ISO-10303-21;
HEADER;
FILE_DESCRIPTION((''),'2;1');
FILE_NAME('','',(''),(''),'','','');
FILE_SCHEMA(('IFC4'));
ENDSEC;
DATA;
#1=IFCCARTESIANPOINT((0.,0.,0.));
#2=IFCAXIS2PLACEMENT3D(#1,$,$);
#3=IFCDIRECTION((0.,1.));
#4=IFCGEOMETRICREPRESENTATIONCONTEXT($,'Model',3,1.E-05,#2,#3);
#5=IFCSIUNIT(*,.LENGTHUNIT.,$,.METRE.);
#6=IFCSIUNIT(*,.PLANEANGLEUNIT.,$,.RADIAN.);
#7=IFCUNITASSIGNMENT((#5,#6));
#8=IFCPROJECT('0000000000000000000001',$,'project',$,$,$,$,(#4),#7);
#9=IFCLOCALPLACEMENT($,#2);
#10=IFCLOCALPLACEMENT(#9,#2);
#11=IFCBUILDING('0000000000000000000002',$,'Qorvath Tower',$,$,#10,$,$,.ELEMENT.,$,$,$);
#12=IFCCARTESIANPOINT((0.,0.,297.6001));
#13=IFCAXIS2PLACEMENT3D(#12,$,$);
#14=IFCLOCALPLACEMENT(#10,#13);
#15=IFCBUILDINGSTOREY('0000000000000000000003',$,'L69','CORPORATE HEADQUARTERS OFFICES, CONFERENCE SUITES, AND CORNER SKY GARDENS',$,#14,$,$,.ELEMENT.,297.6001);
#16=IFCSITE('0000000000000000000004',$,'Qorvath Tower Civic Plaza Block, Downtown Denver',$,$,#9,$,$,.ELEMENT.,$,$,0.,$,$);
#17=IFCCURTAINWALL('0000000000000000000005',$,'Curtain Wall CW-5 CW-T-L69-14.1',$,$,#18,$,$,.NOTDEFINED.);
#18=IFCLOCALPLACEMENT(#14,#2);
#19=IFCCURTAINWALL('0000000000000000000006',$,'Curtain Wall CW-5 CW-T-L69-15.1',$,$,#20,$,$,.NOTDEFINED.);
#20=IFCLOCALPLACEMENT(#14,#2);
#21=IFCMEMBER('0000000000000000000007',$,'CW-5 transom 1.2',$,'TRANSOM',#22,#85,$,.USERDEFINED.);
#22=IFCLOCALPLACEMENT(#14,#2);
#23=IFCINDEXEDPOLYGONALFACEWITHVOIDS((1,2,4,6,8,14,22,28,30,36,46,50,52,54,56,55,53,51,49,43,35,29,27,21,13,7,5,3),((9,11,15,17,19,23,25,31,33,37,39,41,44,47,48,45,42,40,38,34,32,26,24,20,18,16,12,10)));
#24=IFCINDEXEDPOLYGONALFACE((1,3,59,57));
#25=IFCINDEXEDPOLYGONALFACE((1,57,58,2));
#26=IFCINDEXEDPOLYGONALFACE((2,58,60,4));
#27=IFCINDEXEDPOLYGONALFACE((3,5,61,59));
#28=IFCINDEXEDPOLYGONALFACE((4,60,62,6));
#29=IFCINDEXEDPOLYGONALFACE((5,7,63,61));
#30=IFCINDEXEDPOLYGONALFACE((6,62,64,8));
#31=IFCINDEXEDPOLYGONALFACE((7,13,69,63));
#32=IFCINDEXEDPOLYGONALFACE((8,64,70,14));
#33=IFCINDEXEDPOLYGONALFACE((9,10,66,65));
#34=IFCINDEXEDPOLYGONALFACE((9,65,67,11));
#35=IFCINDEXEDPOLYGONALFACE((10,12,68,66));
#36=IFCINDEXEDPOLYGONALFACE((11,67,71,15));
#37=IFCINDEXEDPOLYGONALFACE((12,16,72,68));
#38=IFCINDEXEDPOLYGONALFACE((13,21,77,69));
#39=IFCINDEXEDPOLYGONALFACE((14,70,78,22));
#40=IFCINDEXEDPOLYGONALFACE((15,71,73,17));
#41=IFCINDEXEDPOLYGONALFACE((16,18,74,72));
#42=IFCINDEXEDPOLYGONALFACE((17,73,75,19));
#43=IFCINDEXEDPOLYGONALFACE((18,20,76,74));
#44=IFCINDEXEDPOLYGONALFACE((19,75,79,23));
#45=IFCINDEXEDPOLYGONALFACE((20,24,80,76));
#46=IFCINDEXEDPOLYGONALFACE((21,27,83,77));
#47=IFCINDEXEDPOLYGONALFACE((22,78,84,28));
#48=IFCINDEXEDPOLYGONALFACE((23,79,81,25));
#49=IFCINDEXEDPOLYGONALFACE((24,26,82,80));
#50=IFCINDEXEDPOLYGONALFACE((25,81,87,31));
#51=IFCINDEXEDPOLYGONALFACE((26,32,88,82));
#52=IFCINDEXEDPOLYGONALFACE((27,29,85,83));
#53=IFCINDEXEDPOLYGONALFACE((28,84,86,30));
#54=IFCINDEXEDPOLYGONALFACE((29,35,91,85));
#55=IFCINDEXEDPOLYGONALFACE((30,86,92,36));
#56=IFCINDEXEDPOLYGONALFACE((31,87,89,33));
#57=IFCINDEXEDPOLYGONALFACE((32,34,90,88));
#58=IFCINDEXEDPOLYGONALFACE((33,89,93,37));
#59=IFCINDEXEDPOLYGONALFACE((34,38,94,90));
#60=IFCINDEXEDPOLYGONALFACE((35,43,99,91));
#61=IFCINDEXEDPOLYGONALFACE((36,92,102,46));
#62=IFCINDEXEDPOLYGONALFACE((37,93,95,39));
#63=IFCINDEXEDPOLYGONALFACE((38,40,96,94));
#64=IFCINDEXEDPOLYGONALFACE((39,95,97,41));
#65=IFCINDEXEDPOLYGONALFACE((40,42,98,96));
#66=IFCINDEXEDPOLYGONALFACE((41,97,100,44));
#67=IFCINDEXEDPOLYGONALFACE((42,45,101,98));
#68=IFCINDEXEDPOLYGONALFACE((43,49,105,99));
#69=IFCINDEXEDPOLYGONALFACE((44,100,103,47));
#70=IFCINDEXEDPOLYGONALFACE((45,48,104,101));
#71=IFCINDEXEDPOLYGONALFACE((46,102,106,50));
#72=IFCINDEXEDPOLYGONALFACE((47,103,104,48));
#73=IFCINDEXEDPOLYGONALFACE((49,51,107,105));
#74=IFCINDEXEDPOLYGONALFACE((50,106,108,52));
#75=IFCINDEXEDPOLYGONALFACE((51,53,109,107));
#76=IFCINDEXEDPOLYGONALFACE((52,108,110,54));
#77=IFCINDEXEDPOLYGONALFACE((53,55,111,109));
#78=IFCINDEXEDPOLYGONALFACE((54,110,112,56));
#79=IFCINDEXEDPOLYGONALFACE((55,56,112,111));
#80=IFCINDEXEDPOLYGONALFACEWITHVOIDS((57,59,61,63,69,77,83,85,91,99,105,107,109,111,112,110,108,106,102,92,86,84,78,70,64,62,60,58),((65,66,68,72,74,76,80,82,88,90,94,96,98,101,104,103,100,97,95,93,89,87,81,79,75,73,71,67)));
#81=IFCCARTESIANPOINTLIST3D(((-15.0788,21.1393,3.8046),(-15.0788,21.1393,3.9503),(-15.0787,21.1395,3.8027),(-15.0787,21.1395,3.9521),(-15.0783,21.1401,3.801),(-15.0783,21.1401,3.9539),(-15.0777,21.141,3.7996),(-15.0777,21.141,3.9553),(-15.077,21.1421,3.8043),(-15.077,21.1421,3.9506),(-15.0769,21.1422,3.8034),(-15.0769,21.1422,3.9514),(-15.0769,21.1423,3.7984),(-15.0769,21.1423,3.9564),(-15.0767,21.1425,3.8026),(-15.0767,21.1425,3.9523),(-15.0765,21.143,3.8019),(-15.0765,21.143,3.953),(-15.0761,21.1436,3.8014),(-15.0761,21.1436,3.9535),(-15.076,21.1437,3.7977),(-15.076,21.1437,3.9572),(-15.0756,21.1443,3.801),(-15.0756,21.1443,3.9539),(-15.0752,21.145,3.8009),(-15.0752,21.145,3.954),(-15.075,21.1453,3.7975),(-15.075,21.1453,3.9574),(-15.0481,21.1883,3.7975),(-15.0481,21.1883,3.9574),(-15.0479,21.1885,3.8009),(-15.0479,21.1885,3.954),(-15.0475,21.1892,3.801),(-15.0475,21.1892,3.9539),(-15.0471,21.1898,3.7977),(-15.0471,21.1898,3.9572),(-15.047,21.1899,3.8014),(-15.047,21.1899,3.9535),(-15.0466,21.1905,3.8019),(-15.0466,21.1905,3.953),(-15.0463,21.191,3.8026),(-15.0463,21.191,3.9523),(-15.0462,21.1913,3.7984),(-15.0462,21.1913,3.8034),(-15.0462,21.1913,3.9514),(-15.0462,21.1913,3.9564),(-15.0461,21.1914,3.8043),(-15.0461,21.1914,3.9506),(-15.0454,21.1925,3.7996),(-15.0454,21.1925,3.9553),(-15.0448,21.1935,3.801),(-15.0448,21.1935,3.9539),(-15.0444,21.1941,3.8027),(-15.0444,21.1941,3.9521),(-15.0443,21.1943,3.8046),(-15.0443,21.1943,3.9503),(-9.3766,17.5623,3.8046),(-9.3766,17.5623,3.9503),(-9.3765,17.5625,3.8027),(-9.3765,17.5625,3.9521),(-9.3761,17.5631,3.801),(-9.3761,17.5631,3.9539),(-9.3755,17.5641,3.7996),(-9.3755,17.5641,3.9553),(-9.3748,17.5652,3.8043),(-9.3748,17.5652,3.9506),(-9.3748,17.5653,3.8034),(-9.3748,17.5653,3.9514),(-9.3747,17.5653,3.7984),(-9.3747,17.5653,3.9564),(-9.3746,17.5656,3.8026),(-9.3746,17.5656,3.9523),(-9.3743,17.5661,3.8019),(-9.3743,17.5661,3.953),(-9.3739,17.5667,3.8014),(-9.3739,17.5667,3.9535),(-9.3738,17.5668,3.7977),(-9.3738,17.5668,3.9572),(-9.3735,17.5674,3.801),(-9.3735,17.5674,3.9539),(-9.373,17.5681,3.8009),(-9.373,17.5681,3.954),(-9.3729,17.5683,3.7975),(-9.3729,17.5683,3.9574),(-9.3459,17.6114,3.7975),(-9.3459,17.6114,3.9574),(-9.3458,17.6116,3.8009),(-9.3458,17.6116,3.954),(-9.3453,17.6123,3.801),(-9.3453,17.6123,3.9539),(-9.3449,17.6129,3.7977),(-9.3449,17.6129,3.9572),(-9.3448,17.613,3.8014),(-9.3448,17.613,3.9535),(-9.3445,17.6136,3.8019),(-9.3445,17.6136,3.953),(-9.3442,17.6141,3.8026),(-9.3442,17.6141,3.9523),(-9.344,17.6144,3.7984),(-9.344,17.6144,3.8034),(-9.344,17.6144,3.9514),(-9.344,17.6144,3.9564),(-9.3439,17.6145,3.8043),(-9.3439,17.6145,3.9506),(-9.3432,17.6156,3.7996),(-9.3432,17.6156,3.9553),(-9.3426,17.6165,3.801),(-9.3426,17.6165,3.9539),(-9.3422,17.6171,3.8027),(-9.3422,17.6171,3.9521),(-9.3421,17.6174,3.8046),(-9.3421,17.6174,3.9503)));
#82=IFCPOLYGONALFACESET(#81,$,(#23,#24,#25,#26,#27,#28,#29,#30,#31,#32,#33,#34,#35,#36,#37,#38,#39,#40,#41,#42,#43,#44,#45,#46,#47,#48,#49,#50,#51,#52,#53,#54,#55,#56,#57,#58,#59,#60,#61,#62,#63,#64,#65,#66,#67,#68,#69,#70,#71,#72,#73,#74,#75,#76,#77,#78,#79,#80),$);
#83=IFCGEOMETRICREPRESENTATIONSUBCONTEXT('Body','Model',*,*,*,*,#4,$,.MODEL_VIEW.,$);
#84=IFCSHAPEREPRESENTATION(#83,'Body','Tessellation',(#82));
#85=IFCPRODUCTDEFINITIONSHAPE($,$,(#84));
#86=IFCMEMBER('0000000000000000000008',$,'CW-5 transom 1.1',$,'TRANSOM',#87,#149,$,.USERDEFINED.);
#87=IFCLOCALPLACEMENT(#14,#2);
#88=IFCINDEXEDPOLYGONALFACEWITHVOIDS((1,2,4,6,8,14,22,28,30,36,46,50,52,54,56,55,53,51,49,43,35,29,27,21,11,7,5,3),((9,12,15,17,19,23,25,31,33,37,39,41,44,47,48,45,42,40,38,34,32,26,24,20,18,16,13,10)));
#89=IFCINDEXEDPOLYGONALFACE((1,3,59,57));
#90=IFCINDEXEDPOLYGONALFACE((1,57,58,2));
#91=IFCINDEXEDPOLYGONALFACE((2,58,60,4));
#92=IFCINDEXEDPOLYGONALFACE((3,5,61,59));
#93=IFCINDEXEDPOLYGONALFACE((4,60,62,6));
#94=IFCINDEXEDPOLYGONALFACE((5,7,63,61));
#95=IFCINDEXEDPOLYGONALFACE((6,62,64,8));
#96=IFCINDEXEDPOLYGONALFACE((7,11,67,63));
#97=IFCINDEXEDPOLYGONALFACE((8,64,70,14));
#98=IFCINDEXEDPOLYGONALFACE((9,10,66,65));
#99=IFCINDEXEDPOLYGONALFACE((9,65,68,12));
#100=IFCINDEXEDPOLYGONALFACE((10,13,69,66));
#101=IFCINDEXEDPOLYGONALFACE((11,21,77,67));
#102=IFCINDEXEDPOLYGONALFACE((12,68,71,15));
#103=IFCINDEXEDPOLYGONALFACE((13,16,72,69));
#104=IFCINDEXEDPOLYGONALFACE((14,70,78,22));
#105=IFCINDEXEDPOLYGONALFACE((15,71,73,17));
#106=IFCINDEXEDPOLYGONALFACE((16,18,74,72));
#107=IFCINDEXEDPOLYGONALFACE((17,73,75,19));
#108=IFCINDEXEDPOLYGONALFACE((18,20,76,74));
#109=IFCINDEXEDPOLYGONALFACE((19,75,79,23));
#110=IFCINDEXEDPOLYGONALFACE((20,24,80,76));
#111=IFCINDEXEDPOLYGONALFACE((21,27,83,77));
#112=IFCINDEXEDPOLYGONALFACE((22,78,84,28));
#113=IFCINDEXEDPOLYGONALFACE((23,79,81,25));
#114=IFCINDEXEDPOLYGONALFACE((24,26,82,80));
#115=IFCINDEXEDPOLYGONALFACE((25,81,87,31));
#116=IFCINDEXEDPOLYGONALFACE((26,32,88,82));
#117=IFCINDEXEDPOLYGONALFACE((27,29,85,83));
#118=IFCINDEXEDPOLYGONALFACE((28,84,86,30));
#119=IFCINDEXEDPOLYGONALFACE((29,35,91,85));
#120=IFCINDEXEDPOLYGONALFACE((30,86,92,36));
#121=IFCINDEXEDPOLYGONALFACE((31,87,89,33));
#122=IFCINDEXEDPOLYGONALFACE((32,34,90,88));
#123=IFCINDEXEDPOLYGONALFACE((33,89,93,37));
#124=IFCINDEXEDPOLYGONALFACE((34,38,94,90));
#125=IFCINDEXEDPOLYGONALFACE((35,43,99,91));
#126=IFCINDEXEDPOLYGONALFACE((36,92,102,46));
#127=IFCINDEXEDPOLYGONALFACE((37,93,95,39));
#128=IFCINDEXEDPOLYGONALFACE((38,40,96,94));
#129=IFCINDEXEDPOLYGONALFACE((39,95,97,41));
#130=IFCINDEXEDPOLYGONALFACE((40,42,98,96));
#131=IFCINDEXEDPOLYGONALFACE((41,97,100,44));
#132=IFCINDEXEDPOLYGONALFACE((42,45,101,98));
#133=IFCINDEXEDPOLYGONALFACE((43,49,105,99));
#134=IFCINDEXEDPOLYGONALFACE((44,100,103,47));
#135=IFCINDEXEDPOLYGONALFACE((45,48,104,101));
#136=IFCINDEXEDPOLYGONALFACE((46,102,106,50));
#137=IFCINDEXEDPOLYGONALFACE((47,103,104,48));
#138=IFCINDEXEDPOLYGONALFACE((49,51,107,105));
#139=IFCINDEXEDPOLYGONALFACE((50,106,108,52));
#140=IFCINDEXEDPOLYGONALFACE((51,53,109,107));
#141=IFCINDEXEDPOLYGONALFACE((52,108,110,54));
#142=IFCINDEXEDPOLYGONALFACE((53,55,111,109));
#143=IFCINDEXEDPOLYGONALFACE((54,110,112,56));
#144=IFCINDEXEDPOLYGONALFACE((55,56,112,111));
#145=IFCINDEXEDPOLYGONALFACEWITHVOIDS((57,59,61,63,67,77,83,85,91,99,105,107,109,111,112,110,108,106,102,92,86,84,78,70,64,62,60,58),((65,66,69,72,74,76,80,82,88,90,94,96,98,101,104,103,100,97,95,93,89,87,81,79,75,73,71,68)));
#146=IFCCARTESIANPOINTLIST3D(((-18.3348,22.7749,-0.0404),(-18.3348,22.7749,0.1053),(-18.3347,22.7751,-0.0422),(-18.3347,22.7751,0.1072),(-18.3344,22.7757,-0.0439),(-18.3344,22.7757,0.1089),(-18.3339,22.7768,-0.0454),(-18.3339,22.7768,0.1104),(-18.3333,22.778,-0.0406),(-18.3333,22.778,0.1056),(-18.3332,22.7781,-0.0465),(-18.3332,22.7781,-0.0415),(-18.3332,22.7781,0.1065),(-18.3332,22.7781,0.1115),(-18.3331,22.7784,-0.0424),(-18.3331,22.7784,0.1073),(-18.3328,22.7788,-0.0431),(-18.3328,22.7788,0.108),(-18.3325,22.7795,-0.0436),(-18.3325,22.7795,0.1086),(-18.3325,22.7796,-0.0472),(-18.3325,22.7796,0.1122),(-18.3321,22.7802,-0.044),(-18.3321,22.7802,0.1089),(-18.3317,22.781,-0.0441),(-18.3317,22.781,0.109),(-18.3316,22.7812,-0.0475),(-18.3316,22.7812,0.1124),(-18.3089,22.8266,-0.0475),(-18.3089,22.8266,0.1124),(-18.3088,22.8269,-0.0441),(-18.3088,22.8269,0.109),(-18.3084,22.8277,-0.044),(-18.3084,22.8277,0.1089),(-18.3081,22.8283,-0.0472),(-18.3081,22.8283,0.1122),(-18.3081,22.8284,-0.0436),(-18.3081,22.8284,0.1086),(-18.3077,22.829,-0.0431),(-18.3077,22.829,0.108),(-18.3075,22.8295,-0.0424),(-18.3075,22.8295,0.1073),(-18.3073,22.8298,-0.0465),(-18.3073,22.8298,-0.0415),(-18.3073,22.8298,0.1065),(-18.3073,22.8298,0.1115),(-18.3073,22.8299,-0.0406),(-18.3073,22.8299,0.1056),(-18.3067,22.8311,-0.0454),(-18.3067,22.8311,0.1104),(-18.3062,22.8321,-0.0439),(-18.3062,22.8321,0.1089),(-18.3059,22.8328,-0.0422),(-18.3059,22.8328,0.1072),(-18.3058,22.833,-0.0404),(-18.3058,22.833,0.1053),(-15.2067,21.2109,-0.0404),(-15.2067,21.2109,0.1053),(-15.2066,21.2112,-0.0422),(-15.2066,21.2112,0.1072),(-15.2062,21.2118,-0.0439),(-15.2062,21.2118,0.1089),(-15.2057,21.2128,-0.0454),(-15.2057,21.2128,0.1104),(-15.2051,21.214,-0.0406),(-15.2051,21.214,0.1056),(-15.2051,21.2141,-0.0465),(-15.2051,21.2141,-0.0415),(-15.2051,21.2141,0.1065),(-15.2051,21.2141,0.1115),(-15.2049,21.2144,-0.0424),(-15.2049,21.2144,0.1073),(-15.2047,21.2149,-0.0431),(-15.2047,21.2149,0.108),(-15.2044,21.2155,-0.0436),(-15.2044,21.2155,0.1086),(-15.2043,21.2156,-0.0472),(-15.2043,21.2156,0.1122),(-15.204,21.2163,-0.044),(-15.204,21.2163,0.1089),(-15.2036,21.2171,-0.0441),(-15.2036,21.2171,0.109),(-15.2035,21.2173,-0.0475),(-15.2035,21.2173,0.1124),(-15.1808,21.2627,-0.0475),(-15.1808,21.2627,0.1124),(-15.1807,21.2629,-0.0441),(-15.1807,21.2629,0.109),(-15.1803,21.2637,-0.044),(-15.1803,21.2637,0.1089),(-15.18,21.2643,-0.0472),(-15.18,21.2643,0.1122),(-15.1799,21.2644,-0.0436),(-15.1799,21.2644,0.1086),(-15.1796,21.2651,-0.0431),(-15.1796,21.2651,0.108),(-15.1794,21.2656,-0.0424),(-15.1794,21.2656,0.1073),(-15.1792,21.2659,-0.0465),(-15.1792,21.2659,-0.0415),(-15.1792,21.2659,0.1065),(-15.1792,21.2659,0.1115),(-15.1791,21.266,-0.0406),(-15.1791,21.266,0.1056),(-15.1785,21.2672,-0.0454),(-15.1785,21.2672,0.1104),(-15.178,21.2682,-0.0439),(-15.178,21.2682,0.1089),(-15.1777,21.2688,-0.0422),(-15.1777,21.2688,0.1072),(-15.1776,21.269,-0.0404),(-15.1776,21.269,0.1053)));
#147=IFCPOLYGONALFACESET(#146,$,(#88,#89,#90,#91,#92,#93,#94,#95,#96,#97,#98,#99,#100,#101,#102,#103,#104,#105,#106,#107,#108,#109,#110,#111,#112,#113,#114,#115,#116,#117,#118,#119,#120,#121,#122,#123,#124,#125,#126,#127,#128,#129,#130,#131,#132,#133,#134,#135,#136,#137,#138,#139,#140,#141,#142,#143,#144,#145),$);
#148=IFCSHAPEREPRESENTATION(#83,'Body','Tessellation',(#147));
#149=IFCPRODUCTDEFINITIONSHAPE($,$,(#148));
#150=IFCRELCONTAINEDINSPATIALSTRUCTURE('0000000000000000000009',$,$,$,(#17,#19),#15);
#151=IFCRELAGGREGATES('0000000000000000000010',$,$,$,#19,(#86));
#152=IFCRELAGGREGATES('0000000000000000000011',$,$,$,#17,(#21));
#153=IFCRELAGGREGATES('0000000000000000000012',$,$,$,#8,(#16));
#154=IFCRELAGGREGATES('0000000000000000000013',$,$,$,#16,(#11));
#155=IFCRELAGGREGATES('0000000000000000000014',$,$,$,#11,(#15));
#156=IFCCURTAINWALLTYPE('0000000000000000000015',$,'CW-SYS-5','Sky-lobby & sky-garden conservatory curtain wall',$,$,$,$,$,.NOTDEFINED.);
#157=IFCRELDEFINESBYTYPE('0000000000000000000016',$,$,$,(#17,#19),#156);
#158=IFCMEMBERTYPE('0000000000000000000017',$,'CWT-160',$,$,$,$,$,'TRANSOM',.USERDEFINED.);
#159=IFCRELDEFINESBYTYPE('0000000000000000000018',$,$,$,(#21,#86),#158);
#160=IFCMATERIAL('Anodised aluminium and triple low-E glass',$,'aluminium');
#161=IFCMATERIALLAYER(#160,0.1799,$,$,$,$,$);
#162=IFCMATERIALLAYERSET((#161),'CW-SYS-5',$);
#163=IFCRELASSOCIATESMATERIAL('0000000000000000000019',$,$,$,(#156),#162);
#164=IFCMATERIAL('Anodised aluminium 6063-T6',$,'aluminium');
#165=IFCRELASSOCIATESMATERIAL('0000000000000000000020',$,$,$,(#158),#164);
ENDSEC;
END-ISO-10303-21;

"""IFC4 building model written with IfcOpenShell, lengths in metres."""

from ifc_helpers import new_model, si_unit, direction, frame, origin, origin_2d, place, context, subcontext, project, spatial, hollow_rectangle, extrude, material, layer, layer_set, material_profile, profile_set, type_object, element, aggregate, save


model = new_model("IFC4")

# Units and contexts
model_context = context("Model", 3, precision=1e-05, world=origin(), true_north=direction((0.0, 1.0)))
body_context = subcontext(model_context, "Body", "Model", "MODEL_VIEW")
ifc_project = project(units=[si_unit("LENGTHUNIT", "METRE"), si_unit("PLANEANGLEUNIT", "RADIAN")], contexts=[model_context])

# Site, building, storey
site_placement = place(None, origin())
site = spatial("IfcSite", under=ifc_project, at=site_placement, Name="Qorvath Tower Civic Plaza Block, Downtown Denver", CompositionType="ELEMENT", RefElevation=0.0)
building_placement = place(site_placement, origin())
building = spatial("IfcBuilding", under=site, at=building_placement, Name="Qorvath Tower", CompositionType="ELEMENT")
storey_placement = place(building_placement, frame((0.0, 0.0, 297.6001)))
storey = spatial("IfcBuildingStorey", under=building, at=storey_placement, Name="L69", Description="CORPORATE HEADQUARTERS OFFICES, CONFERENCE SUITES, AND CORNER SKY GARDENS", CompositionType="ELEMENT", Elevation=297.6001)

# Curtain wall
ifc_material_1 = material(Name="Anodised aluminium and triple low-E glass", Category="aluminium")
ifc_layer_1 = layer(ifc_material_1, 0.1799)
ifc_layer_set_1 = layer_set([ifc_layer_1], Name="CW-SYS-5")
curtain_wall_type = type_object("IfcCurtainWallType", Name="CW-SYS-5", Description="Sky-lobby & sky-garden conservatory curtain wall", PredefinedType="NOTDEFINED", material=ifc_layer_set_1)
curtain_wall_1_placement = place(storey_placement, origin())
curtain_wall_1 = element("IfcCurtainWall", 1, at=curtain_wall_1_placement, inside=storey, type_object=curtain_wall_type, Name="Curtain Wall CW-5 CW-T-L69-14.1", PredefinedType="NOTDEFINED")

# Curtain wall
curtain_wall_2_placement = place(storey_placement, origin())
curtain_wall_2 = element("IfcCurtainWall", 2, at=curtain_wall_2_placement, inside=storey, type_object=curtain_wall_type, Name="Curtain Wall CW-5 CW-T-L69-15.1", PredefinedType="NOTDEFINED")

# Members
ifc_material_2 = material(Name="Anodised aluminium 6063-T6", Category="aluminium")
ifc_material_profile_1 = material_profile(ifc_material_2, hollow_rectangle(XDim=0.0649, YDim=0.1599, WallThickness=0.0034, InnerFilletRadius=0.0034, OuterFilletRadius=0.0071, at=origin_2d()), Name="CWT 160x65")
ifc_profile_set_1 = profile_set([ifc_material_profile_1], Name="Anodised aluminium 6063-T6")
member_type_1 = type_object("IfcMemberType", Name="CWT-160", ElementType="TRANSOM", PredefinedType="USERDEFINED", material=ifc_profile_set_1)
member_1_placement = place(storey_placement, frame((-9.3594, 17.5898, 3.8774), z_axis=(-0.847125, 0.531394, 0.0), x_axis=(-0.531394, -0.847125, 0.0)))
member_1 = element("IfcMember", 3, at=member_1_placement, type_object=member_type_1, Name="CW-5 transom 1.2", ObjectType="TRANSOM", PredefinedType="USERDEFINED", context=body_context, shape_type="SweptSolid", body=[
    extrude(hollow_rectangle(XDim=0.0649, YDim=0.1599, WallThickness=0.0034, InnerFilletRadius=0.0034, OuterFilletRadius=0.0071, at=origin_2d()), origin(), (0.0, 0.0, 1.0), 6.7312),
])
member_2_placement = place(storey_placement, frame((-15.1921, 21.24, 0.0325), z_axis=(-0.894441, 0.447186, 0.0), x_axis=(-0.447186, -0.894441, 0.0)))
member_2 = element("IfcMember", 4, at=member_2_placement, type_object=member_type_1, Name="CW-5 transom 1.1", ObjectType="TRANSOM", PredefinedType="USERDEFINED", context=body_context, shape_type="SweptSolid", body=[
    extrude(hollow_rectangle(XDim=0.0649, YDim=0.1599, WallThickness=0.0034, InnerFilletRadius=0.0034, OuterFilletRadius=0.0071, at=origin_2d()), origin(), (0.0, 0.0, 1.0), 3.4973),
])
aggregate(curtain_wall_2, [member_2])

aggregate(curtain_wall_1, [member_1])

save(model, "model.ifc")
